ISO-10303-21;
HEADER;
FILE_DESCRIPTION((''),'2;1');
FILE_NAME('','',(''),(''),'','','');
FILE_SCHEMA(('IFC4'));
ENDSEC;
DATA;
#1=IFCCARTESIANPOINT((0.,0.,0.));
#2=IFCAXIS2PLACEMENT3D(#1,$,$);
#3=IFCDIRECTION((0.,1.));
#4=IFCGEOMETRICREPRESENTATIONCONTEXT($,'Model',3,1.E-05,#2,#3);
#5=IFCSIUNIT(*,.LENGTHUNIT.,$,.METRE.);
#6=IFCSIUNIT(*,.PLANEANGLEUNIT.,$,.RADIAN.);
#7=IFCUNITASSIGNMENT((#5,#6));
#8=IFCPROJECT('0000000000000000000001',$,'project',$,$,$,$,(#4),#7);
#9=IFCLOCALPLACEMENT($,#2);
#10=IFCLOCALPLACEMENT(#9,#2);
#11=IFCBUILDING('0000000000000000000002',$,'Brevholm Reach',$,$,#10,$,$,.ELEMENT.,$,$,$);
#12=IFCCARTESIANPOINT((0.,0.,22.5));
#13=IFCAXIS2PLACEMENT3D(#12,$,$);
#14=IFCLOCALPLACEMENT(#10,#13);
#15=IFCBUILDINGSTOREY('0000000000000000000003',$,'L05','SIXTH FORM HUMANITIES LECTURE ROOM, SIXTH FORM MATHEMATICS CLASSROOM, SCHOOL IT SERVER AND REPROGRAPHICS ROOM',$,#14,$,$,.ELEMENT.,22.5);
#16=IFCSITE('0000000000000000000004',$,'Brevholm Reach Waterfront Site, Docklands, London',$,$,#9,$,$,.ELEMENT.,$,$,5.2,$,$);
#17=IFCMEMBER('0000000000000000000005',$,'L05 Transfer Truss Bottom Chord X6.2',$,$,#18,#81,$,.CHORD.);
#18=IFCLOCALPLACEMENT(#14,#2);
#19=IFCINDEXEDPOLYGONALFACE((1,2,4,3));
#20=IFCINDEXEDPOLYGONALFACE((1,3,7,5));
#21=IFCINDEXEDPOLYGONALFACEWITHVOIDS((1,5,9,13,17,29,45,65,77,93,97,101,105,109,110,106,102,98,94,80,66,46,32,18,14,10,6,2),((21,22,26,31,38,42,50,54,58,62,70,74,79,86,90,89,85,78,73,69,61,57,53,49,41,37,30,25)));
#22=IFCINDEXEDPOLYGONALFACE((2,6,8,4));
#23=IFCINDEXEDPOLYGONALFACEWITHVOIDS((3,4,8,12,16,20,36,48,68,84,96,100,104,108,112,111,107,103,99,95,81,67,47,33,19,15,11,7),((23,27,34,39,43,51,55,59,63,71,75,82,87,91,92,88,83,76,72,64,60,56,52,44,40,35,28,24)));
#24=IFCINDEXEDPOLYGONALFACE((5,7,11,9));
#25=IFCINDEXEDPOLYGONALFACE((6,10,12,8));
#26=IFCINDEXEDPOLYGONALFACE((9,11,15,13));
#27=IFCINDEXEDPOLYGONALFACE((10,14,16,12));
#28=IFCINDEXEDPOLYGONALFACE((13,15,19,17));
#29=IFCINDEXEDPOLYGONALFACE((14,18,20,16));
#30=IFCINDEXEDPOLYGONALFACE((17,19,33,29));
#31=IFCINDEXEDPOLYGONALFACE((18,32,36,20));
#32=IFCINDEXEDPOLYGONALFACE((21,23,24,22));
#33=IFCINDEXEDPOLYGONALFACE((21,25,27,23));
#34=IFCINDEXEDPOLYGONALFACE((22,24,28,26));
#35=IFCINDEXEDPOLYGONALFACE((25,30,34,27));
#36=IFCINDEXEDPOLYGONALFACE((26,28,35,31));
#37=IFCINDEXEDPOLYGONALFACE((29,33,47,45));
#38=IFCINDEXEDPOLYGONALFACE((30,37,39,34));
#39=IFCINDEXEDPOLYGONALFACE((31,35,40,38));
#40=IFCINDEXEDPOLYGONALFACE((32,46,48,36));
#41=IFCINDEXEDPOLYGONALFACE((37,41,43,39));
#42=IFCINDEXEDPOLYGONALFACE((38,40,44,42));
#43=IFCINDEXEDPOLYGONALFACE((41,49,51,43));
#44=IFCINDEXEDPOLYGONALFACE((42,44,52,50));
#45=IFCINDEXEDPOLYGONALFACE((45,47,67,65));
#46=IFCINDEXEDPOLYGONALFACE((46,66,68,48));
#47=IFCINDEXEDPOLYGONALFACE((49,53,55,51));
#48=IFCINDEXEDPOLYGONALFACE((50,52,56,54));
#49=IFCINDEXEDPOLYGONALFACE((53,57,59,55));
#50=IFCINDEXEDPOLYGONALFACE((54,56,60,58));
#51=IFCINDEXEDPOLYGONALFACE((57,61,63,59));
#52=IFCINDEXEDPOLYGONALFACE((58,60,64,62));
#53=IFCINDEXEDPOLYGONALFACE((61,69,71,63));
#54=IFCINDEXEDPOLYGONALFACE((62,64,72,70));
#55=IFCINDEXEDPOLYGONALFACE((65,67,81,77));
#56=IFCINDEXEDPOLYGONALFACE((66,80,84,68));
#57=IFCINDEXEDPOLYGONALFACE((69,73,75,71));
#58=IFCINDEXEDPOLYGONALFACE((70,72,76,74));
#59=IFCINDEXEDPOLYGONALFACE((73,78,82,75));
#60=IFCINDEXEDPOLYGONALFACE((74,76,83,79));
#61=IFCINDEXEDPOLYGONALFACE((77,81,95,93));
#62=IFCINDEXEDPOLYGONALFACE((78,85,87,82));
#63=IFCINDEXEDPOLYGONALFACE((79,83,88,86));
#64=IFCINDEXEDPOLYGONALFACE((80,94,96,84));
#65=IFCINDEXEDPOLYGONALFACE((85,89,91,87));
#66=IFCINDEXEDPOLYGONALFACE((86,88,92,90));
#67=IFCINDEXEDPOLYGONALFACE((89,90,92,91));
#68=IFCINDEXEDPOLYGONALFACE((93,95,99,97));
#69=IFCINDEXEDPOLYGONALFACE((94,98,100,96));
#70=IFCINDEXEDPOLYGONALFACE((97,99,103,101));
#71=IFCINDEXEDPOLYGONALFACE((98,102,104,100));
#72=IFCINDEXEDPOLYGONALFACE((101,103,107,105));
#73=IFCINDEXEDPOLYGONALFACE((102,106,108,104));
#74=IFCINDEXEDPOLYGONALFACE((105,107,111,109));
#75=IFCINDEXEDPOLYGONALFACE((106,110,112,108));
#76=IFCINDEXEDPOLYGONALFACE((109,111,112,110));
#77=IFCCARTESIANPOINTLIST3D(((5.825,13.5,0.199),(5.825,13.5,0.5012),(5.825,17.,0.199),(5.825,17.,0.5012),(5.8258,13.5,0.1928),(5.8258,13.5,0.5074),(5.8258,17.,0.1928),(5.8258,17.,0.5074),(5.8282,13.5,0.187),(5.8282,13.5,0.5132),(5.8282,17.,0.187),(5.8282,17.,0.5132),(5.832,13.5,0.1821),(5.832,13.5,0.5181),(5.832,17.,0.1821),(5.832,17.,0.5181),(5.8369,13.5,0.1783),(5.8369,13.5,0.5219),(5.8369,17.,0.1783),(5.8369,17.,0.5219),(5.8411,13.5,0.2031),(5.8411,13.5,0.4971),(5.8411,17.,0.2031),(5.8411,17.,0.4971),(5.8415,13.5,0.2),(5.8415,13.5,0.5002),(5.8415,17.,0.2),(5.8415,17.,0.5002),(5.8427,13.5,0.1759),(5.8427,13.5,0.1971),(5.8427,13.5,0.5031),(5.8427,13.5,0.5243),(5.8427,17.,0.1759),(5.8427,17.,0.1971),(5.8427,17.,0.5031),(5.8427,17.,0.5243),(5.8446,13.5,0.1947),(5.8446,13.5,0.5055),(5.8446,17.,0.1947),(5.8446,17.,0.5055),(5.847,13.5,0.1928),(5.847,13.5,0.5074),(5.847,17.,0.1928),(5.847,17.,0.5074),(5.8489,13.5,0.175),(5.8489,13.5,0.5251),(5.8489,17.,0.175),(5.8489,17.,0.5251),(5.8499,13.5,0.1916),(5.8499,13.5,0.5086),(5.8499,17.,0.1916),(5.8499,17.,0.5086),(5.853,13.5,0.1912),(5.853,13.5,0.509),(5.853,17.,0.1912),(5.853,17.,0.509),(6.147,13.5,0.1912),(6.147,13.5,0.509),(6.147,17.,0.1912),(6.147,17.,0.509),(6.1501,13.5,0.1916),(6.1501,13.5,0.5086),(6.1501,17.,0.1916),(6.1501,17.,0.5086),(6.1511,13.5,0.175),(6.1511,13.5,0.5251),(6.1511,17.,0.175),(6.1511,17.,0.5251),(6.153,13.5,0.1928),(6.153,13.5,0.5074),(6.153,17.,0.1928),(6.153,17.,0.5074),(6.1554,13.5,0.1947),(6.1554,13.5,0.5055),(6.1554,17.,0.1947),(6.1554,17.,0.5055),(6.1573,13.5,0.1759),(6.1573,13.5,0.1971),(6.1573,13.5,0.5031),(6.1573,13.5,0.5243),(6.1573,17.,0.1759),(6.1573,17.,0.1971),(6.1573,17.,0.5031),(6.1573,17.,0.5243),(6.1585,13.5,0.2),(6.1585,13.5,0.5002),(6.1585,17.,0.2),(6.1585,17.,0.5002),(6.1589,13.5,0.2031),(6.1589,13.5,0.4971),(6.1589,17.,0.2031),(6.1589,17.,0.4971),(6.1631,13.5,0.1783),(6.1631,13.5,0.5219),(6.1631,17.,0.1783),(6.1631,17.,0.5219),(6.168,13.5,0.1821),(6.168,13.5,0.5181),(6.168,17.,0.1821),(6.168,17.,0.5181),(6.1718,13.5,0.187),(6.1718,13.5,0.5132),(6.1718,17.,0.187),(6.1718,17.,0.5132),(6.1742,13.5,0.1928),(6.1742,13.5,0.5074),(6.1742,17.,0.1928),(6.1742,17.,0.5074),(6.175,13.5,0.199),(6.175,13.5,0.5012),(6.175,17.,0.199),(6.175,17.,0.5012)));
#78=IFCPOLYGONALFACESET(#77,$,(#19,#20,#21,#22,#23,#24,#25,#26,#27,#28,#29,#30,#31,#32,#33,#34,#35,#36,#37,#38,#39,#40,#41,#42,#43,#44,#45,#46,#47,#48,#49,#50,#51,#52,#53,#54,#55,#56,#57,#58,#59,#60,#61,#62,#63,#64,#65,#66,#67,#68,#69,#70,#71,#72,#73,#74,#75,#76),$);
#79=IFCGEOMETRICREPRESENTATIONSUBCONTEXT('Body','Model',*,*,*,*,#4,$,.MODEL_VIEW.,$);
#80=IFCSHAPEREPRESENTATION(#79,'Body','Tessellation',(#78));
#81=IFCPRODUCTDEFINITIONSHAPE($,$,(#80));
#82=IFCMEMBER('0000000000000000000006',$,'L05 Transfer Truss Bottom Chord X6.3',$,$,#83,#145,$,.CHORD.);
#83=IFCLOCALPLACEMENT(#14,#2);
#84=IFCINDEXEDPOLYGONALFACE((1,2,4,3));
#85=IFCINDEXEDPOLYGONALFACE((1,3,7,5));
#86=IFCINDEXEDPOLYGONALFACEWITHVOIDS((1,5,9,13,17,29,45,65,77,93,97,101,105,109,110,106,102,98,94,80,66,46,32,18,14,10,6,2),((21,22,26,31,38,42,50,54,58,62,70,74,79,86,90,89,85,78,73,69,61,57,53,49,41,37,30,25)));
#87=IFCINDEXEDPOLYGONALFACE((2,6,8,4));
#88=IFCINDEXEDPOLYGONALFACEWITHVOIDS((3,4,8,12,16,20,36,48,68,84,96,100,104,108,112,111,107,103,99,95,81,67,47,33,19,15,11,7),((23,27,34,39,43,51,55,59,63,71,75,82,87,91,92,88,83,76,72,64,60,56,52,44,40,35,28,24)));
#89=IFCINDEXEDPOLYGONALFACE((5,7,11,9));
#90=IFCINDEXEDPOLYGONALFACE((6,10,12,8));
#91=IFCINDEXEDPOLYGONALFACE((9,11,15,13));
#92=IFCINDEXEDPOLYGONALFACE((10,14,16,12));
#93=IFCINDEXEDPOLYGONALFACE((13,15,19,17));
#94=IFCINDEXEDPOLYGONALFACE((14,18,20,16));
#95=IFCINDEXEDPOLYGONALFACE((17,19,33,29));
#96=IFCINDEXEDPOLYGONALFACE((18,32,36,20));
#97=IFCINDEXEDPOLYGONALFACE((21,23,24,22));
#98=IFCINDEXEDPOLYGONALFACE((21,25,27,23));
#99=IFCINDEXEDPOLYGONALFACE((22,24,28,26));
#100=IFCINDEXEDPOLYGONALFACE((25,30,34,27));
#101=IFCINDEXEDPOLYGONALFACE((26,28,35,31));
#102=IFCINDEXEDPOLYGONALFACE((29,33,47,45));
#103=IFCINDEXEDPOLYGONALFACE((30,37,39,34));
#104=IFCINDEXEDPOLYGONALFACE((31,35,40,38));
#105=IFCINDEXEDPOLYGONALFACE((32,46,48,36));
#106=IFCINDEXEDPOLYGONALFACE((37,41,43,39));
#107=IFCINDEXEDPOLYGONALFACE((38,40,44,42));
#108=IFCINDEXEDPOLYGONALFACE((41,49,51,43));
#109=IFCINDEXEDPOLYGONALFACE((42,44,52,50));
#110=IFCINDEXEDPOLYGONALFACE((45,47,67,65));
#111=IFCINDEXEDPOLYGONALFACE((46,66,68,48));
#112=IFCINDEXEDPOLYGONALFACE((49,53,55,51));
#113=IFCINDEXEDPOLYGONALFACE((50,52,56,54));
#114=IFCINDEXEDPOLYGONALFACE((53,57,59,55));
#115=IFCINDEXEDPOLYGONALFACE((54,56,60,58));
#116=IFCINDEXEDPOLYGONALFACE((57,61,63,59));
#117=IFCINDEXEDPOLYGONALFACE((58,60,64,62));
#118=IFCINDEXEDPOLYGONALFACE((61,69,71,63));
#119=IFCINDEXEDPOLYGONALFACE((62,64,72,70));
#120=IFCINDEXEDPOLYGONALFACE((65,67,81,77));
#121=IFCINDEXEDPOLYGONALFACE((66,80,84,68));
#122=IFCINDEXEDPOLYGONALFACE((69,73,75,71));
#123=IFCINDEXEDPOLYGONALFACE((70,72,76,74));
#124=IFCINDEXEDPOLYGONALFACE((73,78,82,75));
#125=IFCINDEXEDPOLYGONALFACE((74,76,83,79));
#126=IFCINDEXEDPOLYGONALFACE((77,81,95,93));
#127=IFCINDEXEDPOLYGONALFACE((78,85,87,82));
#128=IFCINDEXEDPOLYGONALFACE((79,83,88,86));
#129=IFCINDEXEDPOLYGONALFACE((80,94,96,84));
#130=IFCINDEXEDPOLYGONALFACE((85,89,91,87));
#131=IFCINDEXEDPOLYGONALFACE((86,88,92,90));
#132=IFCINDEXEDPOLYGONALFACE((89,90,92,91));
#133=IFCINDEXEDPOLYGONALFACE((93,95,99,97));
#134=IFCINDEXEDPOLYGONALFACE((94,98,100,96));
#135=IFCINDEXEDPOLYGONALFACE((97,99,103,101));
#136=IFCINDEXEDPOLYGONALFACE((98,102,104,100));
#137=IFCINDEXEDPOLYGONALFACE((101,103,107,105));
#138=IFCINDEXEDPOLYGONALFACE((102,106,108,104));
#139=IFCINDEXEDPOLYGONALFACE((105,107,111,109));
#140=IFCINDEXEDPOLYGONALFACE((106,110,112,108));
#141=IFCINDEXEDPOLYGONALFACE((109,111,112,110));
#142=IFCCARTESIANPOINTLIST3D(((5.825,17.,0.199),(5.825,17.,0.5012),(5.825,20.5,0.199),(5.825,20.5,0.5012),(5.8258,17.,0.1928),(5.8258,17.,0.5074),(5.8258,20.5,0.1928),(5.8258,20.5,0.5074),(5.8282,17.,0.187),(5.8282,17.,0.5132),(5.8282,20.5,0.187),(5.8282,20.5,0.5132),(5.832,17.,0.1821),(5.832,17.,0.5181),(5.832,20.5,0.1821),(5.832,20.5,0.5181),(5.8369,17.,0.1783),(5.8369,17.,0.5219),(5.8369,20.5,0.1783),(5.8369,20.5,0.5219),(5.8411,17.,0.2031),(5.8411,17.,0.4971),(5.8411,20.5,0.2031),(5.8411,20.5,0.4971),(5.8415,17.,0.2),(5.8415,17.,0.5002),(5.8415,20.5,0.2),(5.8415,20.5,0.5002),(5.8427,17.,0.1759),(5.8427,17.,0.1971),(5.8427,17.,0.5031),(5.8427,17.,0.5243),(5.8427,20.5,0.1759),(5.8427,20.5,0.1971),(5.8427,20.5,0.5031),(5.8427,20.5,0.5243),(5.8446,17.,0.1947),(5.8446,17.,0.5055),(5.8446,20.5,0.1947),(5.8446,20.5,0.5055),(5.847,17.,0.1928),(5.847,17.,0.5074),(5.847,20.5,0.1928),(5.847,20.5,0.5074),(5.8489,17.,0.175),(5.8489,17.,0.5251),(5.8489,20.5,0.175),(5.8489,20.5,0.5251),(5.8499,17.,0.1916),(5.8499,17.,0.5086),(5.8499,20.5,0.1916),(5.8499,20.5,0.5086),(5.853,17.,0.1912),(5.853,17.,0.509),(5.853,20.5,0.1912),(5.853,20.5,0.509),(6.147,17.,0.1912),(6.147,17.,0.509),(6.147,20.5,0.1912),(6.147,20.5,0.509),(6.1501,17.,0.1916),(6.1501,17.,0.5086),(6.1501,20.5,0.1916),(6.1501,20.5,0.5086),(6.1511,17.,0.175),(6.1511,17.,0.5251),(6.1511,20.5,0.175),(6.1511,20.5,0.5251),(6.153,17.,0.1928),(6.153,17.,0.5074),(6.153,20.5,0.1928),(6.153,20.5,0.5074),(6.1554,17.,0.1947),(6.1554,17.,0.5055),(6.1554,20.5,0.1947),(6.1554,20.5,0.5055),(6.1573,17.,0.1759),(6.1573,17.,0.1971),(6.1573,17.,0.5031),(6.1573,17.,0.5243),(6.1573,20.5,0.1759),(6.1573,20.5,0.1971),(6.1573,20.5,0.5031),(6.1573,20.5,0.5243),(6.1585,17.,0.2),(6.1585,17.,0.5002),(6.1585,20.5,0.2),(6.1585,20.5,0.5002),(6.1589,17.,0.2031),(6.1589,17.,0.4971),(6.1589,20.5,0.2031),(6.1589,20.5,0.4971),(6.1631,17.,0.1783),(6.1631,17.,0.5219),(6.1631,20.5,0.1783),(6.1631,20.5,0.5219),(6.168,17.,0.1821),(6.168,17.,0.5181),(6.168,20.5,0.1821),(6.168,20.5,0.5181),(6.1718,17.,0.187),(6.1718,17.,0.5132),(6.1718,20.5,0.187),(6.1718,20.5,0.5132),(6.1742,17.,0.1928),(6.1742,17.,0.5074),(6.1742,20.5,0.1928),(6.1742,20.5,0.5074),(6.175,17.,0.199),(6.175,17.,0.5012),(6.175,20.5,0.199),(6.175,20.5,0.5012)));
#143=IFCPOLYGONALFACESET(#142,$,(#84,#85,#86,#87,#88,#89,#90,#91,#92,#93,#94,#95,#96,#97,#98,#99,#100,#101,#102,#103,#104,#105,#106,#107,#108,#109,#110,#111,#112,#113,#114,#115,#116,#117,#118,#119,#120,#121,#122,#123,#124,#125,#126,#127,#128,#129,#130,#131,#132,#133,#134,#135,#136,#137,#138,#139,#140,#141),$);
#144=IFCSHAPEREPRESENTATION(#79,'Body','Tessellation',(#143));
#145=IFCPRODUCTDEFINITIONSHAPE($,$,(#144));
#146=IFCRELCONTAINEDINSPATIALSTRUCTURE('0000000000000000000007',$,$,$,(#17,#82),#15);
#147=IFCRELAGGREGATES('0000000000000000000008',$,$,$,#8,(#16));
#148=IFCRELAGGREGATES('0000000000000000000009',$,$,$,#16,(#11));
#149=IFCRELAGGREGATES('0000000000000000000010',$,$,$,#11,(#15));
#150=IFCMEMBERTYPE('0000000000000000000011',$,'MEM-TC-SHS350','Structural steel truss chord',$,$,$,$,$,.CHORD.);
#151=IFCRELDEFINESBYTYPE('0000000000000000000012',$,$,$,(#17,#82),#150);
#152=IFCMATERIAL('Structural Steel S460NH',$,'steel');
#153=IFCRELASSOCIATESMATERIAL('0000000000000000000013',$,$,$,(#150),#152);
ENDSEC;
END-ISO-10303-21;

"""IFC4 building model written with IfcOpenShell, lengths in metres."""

from ifc_helpers import new_model, si_unit, direction, frame, origin, origin_2d, place, context, subcontext, project, spatial, hollow_rectangle, extrude, material, material_profile, profile_set, type_object, element, save


model = new_model("IFC4")

# Units and contexts
model_context = context("Model", 3, precision=1e-05, world=origin(), true_north=direction((0.0, 1.0)))
body_context = subcontext(model_context, "Body", "Model", "MODEL_VIEW")
ifc_project = project(units=[si_unit("LENGTHUNIT", "METRE"), si_unit("PLANEANGLEUNIT", "RADIAN")], contexts=[model_context])

# Site, building, storey
site_placement = place(None, origin())
site = spatial("IfcSite", under=ifc_project, at=site_placement, Name="Brevholm Reach Waterfront Site, Docklands, London", CompositionType="ELEMENT", RefElevation=5.2)
building_placement = place(site_placement, origin())
building = spatial("IfcBuilding", under=site, at=building_placement, Name="Brevholm Reach", CompositionType="ELEMENT")
storey_placement = place(building_placement, frame((0.0, 0.0, 22.5)))
storey = spatial("IfcBuildingStorey", under=building, at=storey_placement, Name="L05", Description="SIXTH FORM HUMANITIES LECTURE ROOM, SIXTH FORM MATHEMATICS CLASSROOM, SCHOOL IT SERVER AND REPROGRAPHICS ROOM", CompositionType="ELEMENT", Elevation=22.5)

# Members
ifc_material_1 = material(Name="Structural Steel S460NH", Category="steel")
ifc_material_profile_1 = material_profile(ifc_material_1, hollow_rectangle(XDim=0.3501, YDim=0.3501, WallThickness=0.0161, InnerFilletRadius=0.012, OuterFilletRadius=0.0239, at=origin_2d()), Name="SHS 350x350x16")
ifc_profile_set_1 = profile_set([ifc_material_profile_1], Name="Structural Steel S460NH")
member_type_1 = type_object("IfcMemberType", Name="MEM-TC-SHS350", Description="Structural steel truss chord", PredefinedType="CHORD", material=ifc_profile_set_1)
for number, where, z_axis, x_axis, name in (
    (1, (6.0, 13.5, 0.3501), (0.0, 1.0, 0.0), (-1.0, 0.0, 0.0), "L05 Transfer Truss Bottom Chord X6.2"),
    (2, (6.0, 17.0, 0.3501), (0.0, 1.0, 0.0), (-1.0, 0.0, 0.0), "L05 Transfer Truss Bottom Chord X6.3"),
):
    element("IfcMember", number, at=place(storey_placement, frame(where, z_axis=z_axis, x_axis=x_axis)), inside=storey, type_object=member_type_1, Name=name, PredefinedType="CHORD", context=body_context, shape_type="SweptSolid", body=[
        extrude(hollow_rectangle(XDim=0.3501, YDim=0.3501, WallThickness=0.0161, InnerFilletRadius=0.012, OuterFilletRadius=0.0239, at=origin_2d()), origin(), (0.0, 0.0, 1.0), 3.5),
    ])

save(model, "model.ifc")
